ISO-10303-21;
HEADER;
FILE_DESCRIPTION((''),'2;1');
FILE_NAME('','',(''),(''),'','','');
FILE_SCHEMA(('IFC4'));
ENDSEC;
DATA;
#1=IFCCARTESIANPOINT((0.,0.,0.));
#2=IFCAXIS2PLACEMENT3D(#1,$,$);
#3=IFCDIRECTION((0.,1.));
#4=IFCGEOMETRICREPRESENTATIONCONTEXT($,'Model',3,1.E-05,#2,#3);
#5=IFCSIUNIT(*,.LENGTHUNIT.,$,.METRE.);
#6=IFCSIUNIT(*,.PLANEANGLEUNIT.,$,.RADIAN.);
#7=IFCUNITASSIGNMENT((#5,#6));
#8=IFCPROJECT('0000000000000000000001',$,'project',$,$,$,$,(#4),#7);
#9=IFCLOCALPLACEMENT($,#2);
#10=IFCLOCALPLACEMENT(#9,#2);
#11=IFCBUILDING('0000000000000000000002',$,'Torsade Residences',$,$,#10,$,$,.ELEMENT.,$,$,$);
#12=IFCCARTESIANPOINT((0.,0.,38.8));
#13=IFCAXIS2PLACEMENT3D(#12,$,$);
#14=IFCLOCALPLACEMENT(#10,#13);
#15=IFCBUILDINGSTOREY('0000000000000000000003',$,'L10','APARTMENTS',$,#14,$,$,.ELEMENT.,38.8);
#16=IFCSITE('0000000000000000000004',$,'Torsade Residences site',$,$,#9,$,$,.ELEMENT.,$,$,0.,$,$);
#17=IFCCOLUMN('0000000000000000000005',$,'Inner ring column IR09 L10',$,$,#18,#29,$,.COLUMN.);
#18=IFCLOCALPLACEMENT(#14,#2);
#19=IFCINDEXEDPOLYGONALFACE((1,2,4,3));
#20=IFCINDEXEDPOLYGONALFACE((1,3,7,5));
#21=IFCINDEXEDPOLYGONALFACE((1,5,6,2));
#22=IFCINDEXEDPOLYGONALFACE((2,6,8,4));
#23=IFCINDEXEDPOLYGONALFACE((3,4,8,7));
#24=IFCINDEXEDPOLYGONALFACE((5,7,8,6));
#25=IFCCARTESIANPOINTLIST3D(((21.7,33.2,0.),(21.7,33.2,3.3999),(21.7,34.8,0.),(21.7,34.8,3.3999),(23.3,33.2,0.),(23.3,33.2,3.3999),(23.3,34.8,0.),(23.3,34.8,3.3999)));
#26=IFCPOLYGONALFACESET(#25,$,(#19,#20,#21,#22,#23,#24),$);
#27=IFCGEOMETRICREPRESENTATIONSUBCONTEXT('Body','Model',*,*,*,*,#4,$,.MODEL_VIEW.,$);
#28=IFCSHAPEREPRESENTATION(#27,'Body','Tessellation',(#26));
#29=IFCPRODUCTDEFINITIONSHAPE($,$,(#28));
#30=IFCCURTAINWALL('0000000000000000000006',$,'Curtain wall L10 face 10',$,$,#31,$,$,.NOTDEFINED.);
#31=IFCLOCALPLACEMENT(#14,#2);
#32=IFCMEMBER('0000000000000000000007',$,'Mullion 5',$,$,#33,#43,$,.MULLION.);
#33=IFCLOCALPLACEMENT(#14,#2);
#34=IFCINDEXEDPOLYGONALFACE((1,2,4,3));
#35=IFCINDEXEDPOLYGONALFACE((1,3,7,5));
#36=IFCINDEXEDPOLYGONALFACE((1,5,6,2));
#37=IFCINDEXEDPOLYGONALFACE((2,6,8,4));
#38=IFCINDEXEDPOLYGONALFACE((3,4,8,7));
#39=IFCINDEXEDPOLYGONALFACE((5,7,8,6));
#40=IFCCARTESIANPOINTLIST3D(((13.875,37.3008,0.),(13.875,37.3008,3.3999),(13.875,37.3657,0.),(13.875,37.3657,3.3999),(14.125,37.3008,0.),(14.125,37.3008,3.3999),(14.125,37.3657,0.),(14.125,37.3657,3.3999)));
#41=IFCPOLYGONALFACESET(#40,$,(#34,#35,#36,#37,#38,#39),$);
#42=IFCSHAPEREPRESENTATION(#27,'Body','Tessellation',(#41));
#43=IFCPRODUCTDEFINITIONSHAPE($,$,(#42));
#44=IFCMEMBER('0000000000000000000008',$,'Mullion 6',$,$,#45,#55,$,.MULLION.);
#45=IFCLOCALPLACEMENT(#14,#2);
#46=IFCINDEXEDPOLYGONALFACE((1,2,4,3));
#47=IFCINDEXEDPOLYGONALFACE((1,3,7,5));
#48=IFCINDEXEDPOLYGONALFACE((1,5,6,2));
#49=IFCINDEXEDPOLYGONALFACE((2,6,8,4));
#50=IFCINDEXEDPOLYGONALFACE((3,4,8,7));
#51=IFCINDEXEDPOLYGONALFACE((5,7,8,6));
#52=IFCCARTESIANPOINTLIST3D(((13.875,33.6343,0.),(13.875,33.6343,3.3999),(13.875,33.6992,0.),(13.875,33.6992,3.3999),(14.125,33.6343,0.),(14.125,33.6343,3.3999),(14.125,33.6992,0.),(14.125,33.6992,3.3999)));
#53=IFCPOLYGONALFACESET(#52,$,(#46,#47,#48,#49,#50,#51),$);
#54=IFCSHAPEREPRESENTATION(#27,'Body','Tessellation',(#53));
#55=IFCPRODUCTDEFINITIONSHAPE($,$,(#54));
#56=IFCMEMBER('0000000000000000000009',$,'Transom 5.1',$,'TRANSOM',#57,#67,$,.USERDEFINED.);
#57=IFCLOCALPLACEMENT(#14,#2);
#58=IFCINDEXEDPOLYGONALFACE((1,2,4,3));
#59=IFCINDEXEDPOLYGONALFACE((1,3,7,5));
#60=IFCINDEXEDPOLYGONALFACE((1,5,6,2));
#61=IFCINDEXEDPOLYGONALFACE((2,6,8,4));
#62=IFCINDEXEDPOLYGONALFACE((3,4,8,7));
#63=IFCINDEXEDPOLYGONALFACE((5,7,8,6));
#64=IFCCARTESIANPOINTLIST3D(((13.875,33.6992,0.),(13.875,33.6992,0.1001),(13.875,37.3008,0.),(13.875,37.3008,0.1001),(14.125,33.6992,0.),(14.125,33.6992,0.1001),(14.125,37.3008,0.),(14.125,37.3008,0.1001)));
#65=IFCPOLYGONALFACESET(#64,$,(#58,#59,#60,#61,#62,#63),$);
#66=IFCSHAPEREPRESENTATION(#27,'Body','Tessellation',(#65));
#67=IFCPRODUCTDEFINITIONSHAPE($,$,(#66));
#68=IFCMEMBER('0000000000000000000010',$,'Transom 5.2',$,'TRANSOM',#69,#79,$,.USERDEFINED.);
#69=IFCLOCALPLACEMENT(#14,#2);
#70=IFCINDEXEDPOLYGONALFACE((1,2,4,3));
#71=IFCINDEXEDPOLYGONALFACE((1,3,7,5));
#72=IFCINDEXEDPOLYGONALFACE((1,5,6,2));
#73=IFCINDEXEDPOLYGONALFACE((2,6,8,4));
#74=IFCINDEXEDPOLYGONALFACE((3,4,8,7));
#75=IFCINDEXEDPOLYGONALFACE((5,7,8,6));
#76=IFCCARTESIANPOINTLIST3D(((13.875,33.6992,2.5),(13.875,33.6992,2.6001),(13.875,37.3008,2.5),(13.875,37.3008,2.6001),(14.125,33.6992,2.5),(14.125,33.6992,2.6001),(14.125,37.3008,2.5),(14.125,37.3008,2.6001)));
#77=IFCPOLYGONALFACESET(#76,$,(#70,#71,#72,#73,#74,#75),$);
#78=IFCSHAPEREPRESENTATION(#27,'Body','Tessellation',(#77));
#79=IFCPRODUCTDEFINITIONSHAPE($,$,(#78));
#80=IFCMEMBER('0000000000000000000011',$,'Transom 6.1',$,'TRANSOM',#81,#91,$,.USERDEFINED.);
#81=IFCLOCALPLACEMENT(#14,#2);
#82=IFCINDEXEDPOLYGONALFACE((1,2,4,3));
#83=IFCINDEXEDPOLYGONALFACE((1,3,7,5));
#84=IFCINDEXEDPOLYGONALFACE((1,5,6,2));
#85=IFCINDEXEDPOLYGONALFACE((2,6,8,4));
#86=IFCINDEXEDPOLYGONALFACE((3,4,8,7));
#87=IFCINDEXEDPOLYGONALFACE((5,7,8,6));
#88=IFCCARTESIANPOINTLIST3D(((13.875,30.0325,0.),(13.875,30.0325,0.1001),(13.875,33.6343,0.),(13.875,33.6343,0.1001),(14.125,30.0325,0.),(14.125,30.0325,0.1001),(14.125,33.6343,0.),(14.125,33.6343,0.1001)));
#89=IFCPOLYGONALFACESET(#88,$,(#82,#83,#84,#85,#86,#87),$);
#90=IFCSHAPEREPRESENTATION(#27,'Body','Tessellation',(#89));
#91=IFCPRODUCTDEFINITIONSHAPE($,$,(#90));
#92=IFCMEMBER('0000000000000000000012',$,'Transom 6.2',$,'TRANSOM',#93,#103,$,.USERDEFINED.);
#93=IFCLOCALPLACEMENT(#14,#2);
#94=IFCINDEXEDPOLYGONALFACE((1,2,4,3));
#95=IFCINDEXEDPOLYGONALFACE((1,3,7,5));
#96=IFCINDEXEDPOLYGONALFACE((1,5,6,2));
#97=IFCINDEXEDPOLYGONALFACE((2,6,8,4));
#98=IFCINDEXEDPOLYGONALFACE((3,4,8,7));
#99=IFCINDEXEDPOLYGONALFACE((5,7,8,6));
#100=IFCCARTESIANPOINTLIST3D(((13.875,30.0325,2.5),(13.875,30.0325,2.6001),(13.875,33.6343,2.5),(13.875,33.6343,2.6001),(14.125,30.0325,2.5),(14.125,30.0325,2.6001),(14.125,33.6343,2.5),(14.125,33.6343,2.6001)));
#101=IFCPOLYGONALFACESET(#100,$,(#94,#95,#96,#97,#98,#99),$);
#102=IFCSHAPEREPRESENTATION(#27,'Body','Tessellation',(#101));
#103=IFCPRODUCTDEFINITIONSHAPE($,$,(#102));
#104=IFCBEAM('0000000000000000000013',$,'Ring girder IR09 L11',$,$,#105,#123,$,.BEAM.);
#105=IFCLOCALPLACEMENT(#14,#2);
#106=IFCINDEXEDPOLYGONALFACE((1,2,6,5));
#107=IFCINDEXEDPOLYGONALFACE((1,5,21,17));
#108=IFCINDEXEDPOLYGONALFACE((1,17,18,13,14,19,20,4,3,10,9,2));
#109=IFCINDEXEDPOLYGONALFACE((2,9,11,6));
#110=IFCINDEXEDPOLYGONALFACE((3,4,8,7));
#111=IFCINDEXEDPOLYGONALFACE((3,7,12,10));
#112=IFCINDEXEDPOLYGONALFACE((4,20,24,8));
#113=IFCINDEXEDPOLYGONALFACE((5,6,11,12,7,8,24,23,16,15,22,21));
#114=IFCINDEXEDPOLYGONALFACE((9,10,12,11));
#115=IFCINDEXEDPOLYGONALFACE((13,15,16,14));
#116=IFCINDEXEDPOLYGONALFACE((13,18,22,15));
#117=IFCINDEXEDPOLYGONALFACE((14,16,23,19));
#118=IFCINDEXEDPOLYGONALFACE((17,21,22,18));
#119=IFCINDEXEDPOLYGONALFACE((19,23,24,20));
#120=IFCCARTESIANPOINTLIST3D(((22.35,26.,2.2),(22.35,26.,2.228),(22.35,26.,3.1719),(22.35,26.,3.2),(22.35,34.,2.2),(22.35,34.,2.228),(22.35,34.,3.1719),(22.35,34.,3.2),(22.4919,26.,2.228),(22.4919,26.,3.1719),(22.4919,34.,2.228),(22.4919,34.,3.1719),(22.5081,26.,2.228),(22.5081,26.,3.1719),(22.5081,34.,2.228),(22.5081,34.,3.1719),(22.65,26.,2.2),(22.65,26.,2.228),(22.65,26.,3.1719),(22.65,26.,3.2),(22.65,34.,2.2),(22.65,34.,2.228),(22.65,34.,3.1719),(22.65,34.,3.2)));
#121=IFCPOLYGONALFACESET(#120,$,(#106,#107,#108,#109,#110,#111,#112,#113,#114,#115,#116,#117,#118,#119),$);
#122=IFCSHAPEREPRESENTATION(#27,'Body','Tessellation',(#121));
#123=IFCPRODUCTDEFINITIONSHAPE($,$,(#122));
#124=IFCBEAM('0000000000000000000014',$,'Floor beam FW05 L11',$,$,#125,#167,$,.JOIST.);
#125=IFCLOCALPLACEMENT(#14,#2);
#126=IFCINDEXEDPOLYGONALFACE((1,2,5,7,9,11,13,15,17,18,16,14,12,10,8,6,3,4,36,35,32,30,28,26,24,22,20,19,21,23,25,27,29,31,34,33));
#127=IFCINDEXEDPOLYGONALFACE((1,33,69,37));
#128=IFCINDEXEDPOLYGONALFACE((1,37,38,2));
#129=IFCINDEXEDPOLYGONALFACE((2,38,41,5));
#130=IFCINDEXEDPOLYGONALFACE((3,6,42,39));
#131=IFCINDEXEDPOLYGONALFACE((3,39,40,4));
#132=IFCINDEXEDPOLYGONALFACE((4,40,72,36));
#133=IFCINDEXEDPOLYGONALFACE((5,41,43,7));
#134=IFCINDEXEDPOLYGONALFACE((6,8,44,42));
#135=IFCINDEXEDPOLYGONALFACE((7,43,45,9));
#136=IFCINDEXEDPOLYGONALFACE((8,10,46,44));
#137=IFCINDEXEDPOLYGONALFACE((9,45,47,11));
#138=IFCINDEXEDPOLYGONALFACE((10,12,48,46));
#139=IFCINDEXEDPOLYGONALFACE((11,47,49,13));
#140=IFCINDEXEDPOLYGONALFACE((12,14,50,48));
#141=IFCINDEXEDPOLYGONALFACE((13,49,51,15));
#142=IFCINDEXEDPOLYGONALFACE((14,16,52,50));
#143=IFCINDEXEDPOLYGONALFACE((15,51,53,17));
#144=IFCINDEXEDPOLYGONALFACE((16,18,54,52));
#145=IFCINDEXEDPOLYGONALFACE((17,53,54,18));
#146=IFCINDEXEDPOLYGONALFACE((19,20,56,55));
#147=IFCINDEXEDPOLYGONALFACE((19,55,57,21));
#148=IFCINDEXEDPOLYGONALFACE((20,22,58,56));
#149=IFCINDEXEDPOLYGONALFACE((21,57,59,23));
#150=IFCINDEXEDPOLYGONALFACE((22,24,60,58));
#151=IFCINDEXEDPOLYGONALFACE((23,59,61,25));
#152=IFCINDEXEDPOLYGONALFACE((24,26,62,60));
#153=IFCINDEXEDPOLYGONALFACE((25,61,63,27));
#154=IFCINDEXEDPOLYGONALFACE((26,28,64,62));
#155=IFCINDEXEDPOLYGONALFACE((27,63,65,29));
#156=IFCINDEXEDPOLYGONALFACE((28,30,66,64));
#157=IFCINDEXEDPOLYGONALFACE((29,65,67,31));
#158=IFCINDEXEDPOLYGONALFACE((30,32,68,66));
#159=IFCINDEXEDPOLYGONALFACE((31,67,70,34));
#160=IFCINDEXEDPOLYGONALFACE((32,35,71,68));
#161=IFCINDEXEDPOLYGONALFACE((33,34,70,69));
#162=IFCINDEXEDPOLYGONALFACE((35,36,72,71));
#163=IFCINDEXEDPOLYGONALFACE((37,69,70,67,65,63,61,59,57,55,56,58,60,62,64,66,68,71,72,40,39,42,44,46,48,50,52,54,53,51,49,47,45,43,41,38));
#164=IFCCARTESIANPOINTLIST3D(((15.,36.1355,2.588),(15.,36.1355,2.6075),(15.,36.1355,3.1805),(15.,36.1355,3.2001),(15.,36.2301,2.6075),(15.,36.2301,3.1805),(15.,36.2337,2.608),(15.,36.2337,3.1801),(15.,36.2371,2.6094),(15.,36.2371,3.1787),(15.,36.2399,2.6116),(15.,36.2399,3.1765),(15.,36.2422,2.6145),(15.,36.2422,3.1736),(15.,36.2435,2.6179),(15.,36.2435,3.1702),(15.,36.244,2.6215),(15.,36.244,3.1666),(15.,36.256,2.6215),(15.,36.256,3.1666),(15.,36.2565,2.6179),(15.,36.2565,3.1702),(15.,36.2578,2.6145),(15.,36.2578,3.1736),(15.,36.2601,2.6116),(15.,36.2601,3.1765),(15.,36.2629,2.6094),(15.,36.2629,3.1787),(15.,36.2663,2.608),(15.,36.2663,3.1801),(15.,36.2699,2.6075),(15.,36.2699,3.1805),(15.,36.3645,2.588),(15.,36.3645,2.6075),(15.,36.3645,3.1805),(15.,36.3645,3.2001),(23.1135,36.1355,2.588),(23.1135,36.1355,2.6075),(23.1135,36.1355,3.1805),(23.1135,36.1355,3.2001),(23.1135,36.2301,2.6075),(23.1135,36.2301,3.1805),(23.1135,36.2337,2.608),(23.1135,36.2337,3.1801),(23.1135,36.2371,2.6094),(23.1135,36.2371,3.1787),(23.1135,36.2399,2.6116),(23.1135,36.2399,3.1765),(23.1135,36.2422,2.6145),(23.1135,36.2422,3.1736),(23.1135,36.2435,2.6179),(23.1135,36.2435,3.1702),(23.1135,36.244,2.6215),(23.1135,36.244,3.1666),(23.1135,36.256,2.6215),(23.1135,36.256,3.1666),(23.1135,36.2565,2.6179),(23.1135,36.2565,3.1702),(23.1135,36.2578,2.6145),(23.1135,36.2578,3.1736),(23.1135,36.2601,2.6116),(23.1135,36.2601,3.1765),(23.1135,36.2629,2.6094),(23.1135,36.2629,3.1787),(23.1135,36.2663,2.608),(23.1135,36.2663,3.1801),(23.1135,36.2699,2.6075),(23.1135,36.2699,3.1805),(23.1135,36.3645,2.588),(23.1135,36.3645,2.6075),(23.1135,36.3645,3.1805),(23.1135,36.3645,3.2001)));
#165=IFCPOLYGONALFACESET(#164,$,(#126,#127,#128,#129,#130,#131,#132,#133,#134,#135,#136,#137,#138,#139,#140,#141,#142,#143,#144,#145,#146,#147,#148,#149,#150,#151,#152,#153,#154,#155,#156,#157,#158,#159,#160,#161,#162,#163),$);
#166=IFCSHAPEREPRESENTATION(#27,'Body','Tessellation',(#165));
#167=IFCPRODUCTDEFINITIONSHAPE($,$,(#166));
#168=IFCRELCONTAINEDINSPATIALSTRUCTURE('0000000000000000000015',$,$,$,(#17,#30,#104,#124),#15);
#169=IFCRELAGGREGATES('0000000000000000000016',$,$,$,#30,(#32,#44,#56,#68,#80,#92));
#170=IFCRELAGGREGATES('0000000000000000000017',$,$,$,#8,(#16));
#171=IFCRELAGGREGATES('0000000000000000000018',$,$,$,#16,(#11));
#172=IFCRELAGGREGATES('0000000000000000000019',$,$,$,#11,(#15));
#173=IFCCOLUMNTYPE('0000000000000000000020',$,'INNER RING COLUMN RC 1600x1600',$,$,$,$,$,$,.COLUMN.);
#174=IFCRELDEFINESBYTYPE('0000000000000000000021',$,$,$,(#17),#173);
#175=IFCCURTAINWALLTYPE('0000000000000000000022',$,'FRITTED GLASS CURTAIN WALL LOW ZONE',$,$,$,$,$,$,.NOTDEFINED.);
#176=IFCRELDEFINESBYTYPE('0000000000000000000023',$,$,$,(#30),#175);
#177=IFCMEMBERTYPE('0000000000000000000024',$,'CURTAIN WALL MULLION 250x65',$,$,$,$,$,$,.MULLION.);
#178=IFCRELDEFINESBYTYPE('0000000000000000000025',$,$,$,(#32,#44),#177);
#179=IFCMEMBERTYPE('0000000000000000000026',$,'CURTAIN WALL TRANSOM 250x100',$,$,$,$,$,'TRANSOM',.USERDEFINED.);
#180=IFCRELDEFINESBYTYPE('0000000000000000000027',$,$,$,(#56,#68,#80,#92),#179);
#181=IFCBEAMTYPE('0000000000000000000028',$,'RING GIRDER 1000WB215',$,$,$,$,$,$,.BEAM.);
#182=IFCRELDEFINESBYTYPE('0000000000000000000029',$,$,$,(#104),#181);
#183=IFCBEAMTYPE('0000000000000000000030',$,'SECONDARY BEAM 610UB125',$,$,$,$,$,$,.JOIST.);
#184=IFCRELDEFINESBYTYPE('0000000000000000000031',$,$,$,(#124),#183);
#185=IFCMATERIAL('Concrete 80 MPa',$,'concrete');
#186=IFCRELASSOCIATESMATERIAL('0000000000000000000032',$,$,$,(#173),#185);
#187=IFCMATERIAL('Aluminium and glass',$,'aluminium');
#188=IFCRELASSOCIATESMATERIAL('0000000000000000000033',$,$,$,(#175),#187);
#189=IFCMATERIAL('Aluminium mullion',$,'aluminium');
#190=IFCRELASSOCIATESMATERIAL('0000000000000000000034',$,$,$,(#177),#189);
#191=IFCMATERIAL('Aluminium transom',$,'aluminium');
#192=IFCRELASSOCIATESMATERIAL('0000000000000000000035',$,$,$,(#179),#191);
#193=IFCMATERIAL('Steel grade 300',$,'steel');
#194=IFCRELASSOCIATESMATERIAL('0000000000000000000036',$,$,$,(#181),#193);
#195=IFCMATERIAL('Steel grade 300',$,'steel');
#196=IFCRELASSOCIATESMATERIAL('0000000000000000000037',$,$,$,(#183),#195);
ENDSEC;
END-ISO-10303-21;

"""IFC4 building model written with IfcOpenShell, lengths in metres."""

from ifc_helpers import new_model, si_unit, direction, frame, origin, origin_2d, place, context, subcontext, project, spatial, rectangle, i_section, extrude, material, material_profile, profile_set, type_object, element, aggregate, save


model = new_model("IFC4")

# Units and contexts
model_context = context("Model", 3, precision=1e-05, world=origin(), true_north=direction((0.0, 1.0)))
body_context = subcontext(model_context, "Body", "Model", "MODEL_VIEW")
ifc_project = project(units=[si_unit("LENGTHUNIT", "METRE"), si_unit("PLANEANGLEUNIT", "RADIAN")], contexts=[model_context])

# Site, building, storey
site_placement = place(None, origin())
site = spatial("IfcSite", under=ifc_project, at=site_placement, Name="Torsade Residences site", CompositionType="ELEMENT", RefElevation=0.0)
building_placement = place(site_placement, origin())
building = spatial("IfcBuilding", under=site, at=building_placement, Name="Torsade Residences", CompositionType="ELEMENT")
storey_placement = place(building_placement, frame((0.0, 0.0, 38.8)))
storey = spatial("IfcBuildingStorey", under=building, at=storey_placement, Name="L10", Description="APARTMENTS", CompositionType="ELEMENT", Elevation=38.8)

# Column
ifc_material_1 = material(Name="Concrete 80 MPa", Category="concrete")
ifc_material_profile_1 = material_profile(ifc_material_1, rectangle(XDim=1.6001, YDim=1.6001, at=origin_2d()), Name="RC 1600x1600")
ifc_profile_set_1 = profile_set([ifc_material_profile_1], Name="Concrete 80 MPa")
column_type = type_object("IfcColumnType", Name="INNER RING COLUMN RC 1600x1600", PredefinedType="COLUMN", material=ifc_profile_set_1)
column_placement = place(storey_placement, frame((22.5, 34.0, 0.0), z_axis=(0.0, 0.0, 1.0), x_axis=(1.0, 0.0, 0.0)))
element("IfcColumn", 1, at=column_placement, inside=storey, type_object=column_type, Name="Inner ring column IR09 L10", PredefinedType="COLUMN", context=body_context, shape_type="SweptSolid", body=[
    extrude(rectangle(XDim=1.6001, YDim=1.6001, at=origin_2d()), origin(), (0.0, 0.0, 1.0), 3.3999),
])

# Curtain wall, members
ifc_material_2 = material(Name="Aluminium and glass", Category="aluminium")
curtain_wall_type = type_object("IfcCurtainWallType", Name="FRITTED GLASS CURTAIN WALL LOW ZONE", PredefinedType="NOTDEFINED", material=ifc_material_2)
curtain_wall_placement = place(storey_placement, origin())
curtain_wall = element("IfcCurtainWall", 2, at=curtain_wall_placement, inside=storey, type_object=curtain_wall_type, Name="Curtain wall L10 face 10", PredefinedType="NOTDEFINED")
ifc_material_3 = material(Name="Aluminium mullion", Category="aluminium")
ifc_material_profile_2 = material_profile(ifc_material_3, rectangle(XDim=0.25, YDim=0.0649, at=origin_2d()), Name="CURTAIN WALL MULLION 250x65")
ifc_profile_set_2 = profile_set([ifc_material_profile_2], Name="Aluminium mullion")
member_type_1 = type_object("IfcMemberType", Name="CURTAIN WALL MULLION 250x65", PredefinedType="MULLION", material=ifc_profile_set_2)
member_1_placement = place(storey_placement, frame((14.0, 37.3333, 0.0), z_axis=(0.0, 0.0, 1.0), x_axis=(1.0, 0.0, 0.0)))
member_1 = element("IfcMember", 3, at=member_1_placement, type_object=member_type_1, Name="Mullion 5", PredefinedType="MULLION", context=body_context, shape_type="SweptSolid", body=[
    extrude(rectangle(XDim=0.25, YDim=0.0649, at=origin_2d()), origin(), (0.0, 0.0, 1.0), 3.3999),
])
member_2_placement = place(storey_placement, frame((14.0, 33.6667, 0.0), z_axis=(0.0, 0.0, 1.0), x_axis=(1.0, 0.0, 0.0)))
member_2 = element("IfcMember", 4, at=member_2_placement, type_object=member_type_1, Name="Mullion 6", PredefinedType="MULLION", context=body_context, shape_type="SweptSolid", body=[
    extrude(rectangle(XDim=0.25, YDim=0.0649, at=origin_2d()), origin(), (0.0, 0.0, 1.0), 3.3999),
])
ifc_material_4 = material(Name="Aluminium transom", Category="aluminium")
ifc_material_profile_3 = material_profile(ifc_material_4, rectangle(XDim=0.25, YDim=0.1001, at=origin_2d()), Name="CURTAIN WALL TRANSOM 250x100")
ifc_profile_set_3 = profile_set([ifc_material_profile_3], Name="Aluminium transom")
member_type_2 = type_object("IfcMemberType", Name="CURTAIN WALL TRANSOM 250x100", ElementType="TRANSOM", PredefinedType="USERDEFINED", material=ifc_profile_set_3)
member_3_placement = place(storey_placement, frame((14.0, 37.3008, 0.05), z_axis=(0.0, -1.0, 0.0), x_axis=(1.0, 0.0, 0.0)))
member_3 = element("IfcMember", 5, at=member_3_placement, type_object=member_type_2, Name="Transom 5.1", ObjectType="TRANSOM", PredefinedType="USERDEFINED", context=body_context, shape_type="SweptSolid", body=[
    extrude(rectangle(XDim=0.25, YDim=0.1001, at=origin_2d()), origin(), (0.0, 0.0, 1.0), 3.6016),
])
member_4_placement = place(storey_placement, frame((14.0, 37.3008, 2.55), z_axis=(0.0, -1.0, 0.0), x_axis=(1.0, 0.0, 0.0)))
member_4 = element("IfcMember", 6, at=member_4_placement, type_object=member_type_2, Name="Transom 5.2", ObjectType="TRANSOM", PredefinedType="USERDEFINED", context=body_context, shape_type="SweptSolid", body=[
    extrude(rectangle(XDim=0.25, YDim=0.1001, at=origin_2d()), origin(), (0.0, 0.0, 1.0), 3.6016),
])
member_5_placement = place(storey_placement, frame((14.0, 33.6343, 0.05), z_axis=(0.0, -1.0, 0.0), x_axis=(1.0, 0.0, 0.0)))
member_5 = element("IfcMember", 7, at=member_5_placement, type_object=member_type_2, Name="Transom 6.1", ObjectType="TRANSOM", PredefinedType="USERDEFINED", context=body_context, shape_type="SweptSolid", body=[
    extrude(rectangle(XDim=0.25, YDim=0.1001, at=origin_2d()), origin(), (0.0, 0.0, 1.0), 3.6018),
])
member_6_placement = place(storey_placement, frame((14.0, 33.6343, 2.55), z_axis=(0.0, -1.0, 0.0), x_axis=(1.0, 0.0, 0.0)))
member_6 = element("IfcMember", 8, at=member_6_placement, type_object=member_type_2, Name="Transom 6.2", ObjectType="TRANSOM", PredefinedType="USERDEFINED", context=body_context, shape_type="SweptSolid", body=[
    extrude(rectangle(XDim=0.25, YDim=0.1001, at=origin_2d()), origin(), (0.0, 0.0, 1.0), 3.6018),
])

# Beams
ifc_material_5 = material(Name="Steel grade 300", Category="steel")
ifc_material_profile_4 = material_profile(ifc_material_5, i_section(OverallWidth=0.3, OverallDepth=1.0, WebThickness=0.0161, FlangeThickness=0.0281, at=origin_2d()), Name="1000WB215")
ifc_profile_set_4 = profile_set([ifc_material_profile_4], Name="Steel grade 300")
beam_type_1 = type_object("IfcBeamType", Name="RING GIRDER 1000WB215", PredefinedType="BEAM", material=ifc_profile_set_4)
beam_1_placement = place(storey_placement, frame((22.5, 34.0, 2.7), z_axis=(0.0, -1.0, 0.0), x_axis=(1.0, 0.0, 0.0)))
element("IfcBeam", 9, at=beam_1_placement, inside=storey, type_object=beam_type_1, Name="Ring girder IR09 L11", PredefinedType="BEAM", context=body_context, shape_type="SweptSolid", body=[
    extrude(i_section(OverallWidth=0.3, OverallDepth=1.0, WebThickness=0.0161, FlangeThickness=0.0281, at=origin_2d()), origin(), (0.0, 0.0, 1.0), 8.0),
])
ifc_material_6 = material(Name="Steel grade 300", Category="steel")
ifc_material_profile_5 = material_profile(ifc_material_6, i_section(OverallWidth=0.229, OverallDepth=0.6121, WebThickness=0.012, FlangeThickness=0.0195, FilletRadius=0.0139, at=origin_2d()), Name="610UB125")
ifc_profile_set_5 = profile_set([ifc_material_profile_5], Name="Steel grade 300")
beam_type_2 = type_object("IfcBeamType", Name="SECONDARY BEAM 610UB125", PredefinedType="JOIST", material=ifc_profile_set_5)
beam_2_placement = place(storey_placement, frame((15.0, 36.25, 2.894), z_axis=(1.0, 0.0, 0.0), x_axis=(0.0, 1.0, 0.0)))
element("IfcBeam", 10, at=beam_2_placement, inside=storey, type_object=beam_type_2, Name="Floor beam FW05 L11", PredefinedType="JOIST", context=body_context, shape_type="SweptSolid", body=[
    extrude(i_section(OverallWidth=0.229, OverallDepth=0.6121, WebThickness=0.012, FlangeThickness=0.0195, FilletRadius=0.0139, at=origin_2d()), origin(), (0.0, 0.0, 1.0), 8.1135),
])

aggregate(curtain_wall, [member_1, member_2, member_3, member_4, member_5, member_6])

save(model, "model.ifc")
